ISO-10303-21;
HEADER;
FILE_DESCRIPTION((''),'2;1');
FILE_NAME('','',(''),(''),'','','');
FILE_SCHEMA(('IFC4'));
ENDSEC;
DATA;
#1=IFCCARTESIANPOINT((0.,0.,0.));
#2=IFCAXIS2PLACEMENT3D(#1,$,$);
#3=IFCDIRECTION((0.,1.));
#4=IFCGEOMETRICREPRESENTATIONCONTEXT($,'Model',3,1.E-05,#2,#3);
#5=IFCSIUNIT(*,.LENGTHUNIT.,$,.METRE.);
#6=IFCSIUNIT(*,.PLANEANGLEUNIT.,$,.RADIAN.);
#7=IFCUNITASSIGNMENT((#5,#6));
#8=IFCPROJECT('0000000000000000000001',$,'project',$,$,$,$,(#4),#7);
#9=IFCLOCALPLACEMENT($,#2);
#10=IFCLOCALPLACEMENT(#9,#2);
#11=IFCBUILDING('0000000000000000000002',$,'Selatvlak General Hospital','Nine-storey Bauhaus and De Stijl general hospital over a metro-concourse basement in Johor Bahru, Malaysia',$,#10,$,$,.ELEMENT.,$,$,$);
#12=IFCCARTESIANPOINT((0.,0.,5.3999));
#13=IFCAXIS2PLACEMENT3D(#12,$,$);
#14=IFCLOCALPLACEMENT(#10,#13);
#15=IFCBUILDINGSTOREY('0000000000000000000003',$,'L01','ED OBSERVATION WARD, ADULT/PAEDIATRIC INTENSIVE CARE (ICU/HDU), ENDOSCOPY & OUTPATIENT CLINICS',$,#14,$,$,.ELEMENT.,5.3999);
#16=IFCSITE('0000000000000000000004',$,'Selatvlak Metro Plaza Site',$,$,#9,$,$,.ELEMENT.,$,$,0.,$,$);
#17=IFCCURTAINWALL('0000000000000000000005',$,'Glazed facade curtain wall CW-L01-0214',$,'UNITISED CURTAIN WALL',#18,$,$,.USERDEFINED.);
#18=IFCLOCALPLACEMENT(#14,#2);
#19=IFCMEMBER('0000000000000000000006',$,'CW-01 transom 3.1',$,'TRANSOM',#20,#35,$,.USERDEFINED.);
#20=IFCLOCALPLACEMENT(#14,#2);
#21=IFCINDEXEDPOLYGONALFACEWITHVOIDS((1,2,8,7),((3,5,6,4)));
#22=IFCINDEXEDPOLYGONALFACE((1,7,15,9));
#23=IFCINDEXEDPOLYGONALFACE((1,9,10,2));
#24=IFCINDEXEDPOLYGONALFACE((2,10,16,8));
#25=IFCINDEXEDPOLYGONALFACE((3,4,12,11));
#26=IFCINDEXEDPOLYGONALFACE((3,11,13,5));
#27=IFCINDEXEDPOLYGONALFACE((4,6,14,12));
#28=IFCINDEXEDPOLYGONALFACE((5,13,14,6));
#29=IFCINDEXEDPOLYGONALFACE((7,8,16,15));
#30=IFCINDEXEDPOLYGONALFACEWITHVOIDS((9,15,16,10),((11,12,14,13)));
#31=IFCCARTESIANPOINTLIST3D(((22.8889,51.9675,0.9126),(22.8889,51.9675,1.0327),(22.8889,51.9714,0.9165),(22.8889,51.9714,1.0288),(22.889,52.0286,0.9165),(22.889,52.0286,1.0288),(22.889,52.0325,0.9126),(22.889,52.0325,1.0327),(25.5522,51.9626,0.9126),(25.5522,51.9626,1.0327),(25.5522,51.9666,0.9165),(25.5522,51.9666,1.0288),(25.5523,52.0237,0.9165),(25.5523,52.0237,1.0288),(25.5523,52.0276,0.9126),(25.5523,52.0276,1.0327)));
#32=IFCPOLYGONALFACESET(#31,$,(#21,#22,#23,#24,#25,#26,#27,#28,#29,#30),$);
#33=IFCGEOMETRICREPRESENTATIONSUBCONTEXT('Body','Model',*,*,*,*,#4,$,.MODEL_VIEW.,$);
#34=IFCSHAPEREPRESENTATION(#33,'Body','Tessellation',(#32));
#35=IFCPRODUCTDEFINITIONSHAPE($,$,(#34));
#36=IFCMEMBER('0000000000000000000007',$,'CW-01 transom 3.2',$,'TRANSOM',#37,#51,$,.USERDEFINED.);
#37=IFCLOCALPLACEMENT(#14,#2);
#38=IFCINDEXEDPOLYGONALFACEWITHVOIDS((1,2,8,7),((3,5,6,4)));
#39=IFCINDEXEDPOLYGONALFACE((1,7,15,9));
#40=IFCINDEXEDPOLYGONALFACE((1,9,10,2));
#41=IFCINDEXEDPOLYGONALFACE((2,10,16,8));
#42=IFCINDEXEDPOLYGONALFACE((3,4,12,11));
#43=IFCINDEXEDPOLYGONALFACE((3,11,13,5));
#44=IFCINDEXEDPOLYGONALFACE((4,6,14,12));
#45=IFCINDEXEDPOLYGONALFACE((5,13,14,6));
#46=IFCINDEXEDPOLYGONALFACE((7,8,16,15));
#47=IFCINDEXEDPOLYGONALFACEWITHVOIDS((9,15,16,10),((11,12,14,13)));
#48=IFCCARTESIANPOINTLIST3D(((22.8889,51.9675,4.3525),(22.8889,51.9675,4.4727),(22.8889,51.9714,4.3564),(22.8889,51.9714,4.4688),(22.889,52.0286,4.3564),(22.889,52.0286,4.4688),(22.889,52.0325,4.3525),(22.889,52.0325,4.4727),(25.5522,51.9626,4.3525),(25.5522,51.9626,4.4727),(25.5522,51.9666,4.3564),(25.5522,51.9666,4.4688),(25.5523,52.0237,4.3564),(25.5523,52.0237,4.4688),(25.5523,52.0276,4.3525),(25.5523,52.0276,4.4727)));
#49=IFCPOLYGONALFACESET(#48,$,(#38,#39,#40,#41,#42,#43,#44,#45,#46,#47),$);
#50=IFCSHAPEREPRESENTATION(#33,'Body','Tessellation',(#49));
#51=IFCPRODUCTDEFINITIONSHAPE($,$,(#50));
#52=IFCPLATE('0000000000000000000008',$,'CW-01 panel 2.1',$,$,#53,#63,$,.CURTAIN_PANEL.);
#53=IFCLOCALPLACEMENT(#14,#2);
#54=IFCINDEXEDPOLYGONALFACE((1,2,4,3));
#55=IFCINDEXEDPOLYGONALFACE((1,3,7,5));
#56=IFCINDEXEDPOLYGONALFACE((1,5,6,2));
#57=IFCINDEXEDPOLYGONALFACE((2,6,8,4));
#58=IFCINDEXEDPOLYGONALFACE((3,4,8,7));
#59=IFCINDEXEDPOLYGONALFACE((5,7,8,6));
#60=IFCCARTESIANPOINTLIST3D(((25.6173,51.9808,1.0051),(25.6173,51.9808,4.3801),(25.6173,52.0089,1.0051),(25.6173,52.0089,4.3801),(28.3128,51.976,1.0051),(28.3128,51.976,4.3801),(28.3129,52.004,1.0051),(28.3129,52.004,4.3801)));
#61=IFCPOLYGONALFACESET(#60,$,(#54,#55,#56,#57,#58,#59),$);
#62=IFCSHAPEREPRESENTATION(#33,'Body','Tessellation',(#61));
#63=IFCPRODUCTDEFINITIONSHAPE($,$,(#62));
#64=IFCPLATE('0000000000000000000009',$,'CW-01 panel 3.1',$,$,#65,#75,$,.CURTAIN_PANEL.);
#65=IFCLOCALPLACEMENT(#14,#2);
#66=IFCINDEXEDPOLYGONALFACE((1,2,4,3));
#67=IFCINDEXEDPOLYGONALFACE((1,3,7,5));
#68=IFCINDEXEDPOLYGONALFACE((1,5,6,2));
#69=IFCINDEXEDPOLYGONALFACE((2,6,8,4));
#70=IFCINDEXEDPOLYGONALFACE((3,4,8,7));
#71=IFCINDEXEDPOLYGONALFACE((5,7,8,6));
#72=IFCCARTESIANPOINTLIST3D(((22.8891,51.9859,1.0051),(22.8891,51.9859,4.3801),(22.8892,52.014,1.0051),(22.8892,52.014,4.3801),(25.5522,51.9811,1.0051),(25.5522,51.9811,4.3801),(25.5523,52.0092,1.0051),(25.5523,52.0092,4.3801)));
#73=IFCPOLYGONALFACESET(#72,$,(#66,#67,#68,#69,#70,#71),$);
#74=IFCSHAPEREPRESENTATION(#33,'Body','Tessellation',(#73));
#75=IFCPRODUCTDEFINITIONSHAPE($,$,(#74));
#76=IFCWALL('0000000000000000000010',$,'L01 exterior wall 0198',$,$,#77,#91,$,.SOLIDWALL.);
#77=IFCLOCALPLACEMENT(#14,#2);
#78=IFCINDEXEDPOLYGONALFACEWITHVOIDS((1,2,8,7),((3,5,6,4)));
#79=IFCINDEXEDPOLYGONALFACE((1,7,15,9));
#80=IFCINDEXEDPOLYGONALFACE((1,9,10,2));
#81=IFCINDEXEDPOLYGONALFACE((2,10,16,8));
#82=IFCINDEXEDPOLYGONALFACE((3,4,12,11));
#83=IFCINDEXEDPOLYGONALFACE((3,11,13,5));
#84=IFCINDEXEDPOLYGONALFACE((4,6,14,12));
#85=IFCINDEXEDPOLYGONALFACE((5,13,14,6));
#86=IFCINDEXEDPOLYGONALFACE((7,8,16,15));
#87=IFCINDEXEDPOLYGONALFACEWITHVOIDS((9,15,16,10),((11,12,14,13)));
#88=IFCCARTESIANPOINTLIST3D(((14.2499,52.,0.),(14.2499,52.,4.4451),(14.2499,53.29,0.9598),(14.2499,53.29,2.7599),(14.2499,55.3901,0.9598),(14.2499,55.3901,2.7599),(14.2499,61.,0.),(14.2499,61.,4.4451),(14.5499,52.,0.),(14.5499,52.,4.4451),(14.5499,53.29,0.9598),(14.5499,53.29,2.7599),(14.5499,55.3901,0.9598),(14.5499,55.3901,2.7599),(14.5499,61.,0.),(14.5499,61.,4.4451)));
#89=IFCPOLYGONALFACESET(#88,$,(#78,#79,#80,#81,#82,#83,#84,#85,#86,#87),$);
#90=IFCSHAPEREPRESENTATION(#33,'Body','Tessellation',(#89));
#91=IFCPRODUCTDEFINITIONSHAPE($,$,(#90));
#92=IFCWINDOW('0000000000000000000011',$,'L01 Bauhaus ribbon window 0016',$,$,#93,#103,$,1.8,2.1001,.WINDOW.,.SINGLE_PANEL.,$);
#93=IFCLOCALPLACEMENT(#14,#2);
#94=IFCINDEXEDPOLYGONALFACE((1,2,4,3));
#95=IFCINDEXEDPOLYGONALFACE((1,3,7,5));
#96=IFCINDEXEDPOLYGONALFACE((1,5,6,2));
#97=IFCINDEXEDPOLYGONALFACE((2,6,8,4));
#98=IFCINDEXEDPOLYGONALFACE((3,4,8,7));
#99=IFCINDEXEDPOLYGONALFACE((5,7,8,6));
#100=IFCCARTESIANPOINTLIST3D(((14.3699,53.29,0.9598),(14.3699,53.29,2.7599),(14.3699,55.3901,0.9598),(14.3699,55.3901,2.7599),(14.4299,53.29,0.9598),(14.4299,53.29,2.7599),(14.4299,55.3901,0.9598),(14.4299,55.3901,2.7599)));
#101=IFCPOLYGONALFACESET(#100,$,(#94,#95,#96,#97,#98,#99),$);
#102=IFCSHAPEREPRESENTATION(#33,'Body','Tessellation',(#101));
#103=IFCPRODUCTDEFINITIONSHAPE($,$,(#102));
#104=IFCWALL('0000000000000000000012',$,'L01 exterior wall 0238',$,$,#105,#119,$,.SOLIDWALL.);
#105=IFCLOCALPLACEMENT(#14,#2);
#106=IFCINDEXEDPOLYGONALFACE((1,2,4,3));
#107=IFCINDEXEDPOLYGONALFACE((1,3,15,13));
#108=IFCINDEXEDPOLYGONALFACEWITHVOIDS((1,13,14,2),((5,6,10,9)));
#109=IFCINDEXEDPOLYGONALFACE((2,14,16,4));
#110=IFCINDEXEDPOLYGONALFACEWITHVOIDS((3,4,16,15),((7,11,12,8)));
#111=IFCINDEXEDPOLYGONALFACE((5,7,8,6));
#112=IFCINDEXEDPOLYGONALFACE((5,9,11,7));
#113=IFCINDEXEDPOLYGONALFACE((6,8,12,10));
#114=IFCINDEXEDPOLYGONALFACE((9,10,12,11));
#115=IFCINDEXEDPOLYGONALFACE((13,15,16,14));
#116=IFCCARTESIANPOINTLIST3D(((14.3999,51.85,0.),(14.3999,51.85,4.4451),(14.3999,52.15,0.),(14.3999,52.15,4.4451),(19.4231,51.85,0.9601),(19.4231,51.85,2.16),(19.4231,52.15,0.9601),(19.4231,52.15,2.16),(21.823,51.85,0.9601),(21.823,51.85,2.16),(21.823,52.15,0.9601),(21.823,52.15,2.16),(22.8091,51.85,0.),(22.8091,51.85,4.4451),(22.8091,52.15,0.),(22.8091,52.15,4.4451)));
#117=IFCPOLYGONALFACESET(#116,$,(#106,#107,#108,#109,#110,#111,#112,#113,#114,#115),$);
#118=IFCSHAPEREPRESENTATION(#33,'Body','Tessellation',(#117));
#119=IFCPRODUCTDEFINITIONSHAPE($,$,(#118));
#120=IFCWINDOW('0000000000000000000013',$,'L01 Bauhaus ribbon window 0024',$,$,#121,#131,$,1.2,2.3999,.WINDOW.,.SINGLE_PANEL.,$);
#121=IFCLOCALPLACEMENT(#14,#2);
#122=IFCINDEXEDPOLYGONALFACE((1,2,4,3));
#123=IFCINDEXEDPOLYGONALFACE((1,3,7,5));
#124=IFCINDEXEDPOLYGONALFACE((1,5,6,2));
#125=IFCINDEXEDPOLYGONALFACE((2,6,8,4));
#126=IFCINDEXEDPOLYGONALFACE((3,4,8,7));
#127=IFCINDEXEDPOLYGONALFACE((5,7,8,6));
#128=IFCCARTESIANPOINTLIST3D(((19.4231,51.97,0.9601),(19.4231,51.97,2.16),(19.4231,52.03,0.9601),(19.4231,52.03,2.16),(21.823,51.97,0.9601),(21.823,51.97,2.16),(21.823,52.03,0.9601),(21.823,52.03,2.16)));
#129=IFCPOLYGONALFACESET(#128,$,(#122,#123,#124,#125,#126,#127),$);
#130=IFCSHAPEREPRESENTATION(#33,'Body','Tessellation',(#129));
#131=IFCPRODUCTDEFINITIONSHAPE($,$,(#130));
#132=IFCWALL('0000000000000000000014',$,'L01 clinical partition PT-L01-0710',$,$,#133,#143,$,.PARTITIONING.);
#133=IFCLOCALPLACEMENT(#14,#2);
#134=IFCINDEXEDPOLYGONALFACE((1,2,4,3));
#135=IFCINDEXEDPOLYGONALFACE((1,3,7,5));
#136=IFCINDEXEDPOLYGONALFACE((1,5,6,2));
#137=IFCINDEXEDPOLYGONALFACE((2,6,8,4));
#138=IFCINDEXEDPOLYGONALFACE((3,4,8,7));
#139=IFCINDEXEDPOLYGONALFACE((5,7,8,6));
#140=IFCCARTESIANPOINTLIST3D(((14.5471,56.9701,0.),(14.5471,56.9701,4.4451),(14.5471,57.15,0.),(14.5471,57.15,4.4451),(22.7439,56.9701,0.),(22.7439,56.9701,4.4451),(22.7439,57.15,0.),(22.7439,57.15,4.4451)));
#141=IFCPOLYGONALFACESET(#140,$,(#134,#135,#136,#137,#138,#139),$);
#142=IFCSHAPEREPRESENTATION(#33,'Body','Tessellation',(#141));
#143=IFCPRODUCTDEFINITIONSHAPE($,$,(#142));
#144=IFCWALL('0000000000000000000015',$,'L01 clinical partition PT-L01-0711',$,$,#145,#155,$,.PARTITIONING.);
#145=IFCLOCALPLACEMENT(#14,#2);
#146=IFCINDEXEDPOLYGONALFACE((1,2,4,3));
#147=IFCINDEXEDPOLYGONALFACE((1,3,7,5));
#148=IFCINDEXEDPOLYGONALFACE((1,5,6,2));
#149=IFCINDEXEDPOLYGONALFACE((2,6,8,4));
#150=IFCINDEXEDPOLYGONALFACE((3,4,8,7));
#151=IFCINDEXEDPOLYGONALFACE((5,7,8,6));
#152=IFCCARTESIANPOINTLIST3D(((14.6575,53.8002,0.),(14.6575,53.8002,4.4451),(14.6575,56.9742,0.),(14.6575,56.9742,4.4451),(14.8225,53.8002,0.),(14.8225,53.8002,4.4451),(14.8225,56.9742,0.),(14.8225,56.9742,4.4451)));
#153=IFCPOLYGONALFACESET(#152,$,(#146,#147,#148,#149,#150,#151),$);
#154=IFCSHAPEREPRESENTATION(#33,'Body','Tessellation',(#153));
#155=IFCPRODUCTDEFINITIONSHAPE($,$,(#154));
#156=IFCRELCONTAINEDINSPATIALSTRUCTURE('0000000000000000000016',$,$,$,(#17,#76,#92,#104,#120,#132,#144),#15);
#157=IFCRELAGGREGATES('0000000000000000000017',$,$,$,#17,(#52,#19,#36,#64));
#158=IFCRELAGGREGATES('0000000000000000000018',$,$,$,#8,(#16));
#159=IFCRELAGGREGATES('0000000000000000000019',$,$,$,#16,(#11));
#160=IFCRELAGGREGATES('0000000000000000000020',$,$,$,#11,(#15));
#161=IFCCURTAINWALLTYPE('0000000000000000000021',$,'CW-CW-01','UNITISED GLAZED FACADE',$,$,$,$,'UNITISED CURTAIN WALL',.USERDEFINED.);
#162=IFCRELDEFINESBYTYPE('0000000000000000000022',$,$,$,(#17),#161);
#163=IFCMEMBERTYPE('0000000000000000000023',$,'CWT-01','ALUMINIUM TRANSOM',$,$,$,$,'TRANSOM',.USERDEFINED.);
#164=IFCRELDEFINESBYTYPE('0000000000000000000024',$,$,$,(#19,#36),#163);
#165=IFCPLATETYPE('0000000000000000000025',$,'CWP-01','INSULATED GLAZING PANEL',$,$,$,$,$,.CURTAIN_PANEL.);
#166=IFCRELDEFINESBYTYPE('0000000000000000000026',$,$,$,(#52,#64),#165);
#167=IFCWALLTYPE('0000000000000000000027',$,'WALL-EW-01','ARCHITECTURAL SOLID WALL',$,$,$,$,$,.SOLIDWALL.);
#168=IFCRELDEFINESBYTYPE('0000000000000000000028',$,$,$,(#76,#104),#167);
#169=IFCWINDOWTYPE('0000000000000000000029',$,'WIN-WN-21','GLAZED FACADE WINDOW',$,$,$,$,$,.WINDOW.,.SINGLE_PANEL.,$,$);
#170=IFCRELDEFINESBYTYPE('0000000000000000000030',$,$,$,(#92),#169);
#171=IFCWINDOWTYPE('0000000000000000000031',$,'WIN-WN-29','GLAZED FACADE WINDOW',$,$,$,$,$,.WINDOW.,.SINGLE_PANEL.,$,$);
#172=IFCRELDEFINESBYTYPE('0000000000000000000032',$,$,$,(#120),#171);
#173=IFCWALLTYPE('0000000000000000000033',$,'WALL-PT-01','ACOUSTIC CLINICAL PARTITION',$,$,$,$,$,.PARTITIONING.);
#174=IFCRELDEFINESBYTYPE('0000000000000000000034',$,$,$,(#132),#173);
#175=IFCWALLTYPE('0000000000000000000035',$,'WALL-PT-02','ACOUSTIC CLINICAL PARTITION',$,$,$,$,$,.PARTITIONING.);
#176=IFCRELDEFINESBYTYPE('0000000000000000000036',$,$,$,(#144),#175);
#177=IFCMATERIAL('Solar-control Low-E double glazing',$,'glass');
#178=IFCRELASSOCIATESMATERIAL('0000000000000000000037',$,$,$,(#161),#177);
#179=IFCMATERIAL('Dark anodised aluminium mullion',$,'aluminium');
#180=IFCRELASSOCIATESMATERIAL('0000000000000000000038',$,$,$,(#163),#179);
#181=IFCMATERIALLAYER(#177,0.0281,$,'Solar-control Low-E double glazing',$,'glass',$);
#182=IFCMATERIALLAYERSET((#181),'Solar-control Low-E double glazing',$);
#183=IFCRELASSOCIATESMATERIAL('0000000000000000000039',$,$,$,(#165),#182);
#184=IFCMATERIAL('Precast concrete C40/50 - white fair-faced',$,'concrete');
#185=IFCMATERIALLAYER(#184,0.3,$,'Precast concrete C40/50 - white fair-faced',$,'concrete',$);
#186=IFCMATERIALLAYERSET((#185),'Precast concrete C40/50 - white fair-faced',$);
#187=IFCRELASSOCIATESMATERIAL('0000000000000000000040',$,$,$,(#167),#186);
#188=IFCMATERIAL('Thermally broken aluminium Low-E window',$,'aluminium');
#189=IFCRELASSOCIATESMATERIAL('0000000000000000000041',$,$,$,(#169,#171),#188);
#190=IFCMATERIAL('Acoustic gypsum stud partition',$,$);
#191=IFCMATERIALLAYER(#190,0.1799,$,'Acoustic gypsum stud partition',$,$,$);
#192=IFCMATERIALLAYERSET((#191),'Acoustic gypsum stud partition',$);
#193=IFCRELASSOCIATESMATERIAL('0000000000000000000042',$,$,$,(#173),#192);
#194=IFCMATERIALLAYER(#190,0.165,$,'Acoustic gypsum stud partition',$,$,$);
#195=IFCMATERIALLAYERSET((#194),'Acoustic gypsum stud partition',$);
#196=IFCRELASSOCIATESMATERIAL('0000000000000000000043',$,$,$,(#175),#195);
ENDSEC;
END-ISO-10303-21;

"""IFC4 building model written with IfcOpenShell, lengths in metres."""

from ifc_helpers import new_model, si_unit, direction, frame, frame_2d, origin, origin_2d, place, context, subcontext, project, spatial, rectangle, hollow_rectangle, extrude, material, layer, layer_set, material_profile, profile_set, type_object, element, fill, aggregate, save


model = new_model("IFC4")

# Units and contexts
model_context = context("Model", 3, precision=1e-05, world=origin(), true_north=direction((0.0, 1.0)))
body_context = subcontext(model_context, "Body", "Model", "MODEL_VIEW")
ifc_project = project(units=[si_unit("LENGTHUNIT", "METRE"), si_unit("PLANEANGLEUNIT", "RADIAN")], contexts=[model_context])

# Site, building, storey
site_placement = place(None, origin())
site = spatial("IfcSite", under=ifc_project, at=site_placement, Name="Selatvlak Metro Plaza Site", CompositionType="ELEMENT", RefElevation=0.0)
building_placement = place(site_placement, origin())
building = spatial("IfcBuilding", under=site, at=building_placement, Name="Selatvlak General Hospital", Description="Nine-storey Bauhaus and De Stijl general hospital over a metro-concourse basement in Johor Bahru, Malaysia", CompositionType="ELEMENT")
storey_placement = place(building_placement, frame((0.0, 0.0, 5.3999)))
storey = spatial("IfcBuildingStorey", under=building, at=storey_placement, Name="L01", Description="ED OBSERVATION WARD, ADULT/PAEDIATRIC INTENSIVE CARE (ICU/HDU), ENDOSCOPY & OUTPATIENT CLINICS", CompositionType="ELEMENT", Elevation=5.3999)

# Curtain wall, members, plates
ifc_material_1 = material(Name="Solar-control Low-E double glazing", Category="glass")
curtain_wall_type = type_object("IfcCurtainWallType", Name="CW-CW-01", Description="UNITISED GLAZED FACADE", ElementType="UNITISED CURTAIN WALL", PredefinedType="USERDEFINED", material=ifc_material_1)
curtain_wall_placement = place(storey_placement, origin())
curtain_wall = element("IfcCurtainWall", 1, at=curtain_wall_placement, inside=storey, type_object=curtain_wall_type, Name="Glazed facade curtain wall CW-L01-0214", ObjectType="UNITISED CURTAIN WALL", PredefinedType="USERDEFINED")
ifc_material_2 = material(Name="Dark anodised aluminium mullion", Category="aluminium")
ifc_material_profile_1 = material_profile(ifc_material_2, hollow_rectangle(XDim=0.0649, YDim=0.1201, WallThickness=0.0039, at=origin_2d()), Name="AL-TRN 65x120x4")
ifc_profile_set_1 = profile_set([ifc_material_profile_1], Name="Dark anodised aluminium mullion")
member_type_1 = type_object("IfcMemberType", Name="CWT-01", Description="ALUMINIUM TRANSOM", ElementType="TRANSOM", PredefinedType="USERDEFINED", material=ifc_profile_set_1)
member_1_placement = place(storey_placement, frame((25.5522, 51.9951, 0.9727), z_axis=(-0.999998, 0.001833, 0.0), x_axis=(-0.001833, -0.999998, 0.0)))
member_1 = element("IfcMember", 2, at=member_1_placement, type_object=member_type_1, Name="CW-01 transom 3.1", ObjectType="TRANSOM", PredefinedType="USERDEFINED", context=body_context, shape_type="SweptSolid", body=[
    extrude(hollow_rectangle(XDim=0.0649, YDim=0.1201, WallThickness=0.0039, at=origin_2d()), origin(), (0.0, 0.0, 1.0), 2.6633),
])
member_2_placement = place(storey_placement, frame((25.5522, 51.9951, 4.4126), z_axis=(-0.999998, 0.001833, 0.0), x_axis=(-0.001833, -0.999998, 0.0)))
member_2 = element("IfcMember", 3, at=member_2_placement, type_object=member_type_1, Name="CW-01 transom 3.2", ObjectType="TRANSOM", PredefinedType="USERDEFINED", context=body_context, shape_type="SweptSolid", body=[
    extrude(hollow_rectangle(XDim=0.0649, YDim=0.1201, WallThickness=0.0039, at=origin_2d()), origin(), (0.0, 0.0, 1.0), 2.6633),
])
ifc_layer_1 = layer(ifc_material_1, 0.0281, Name="Solar-control Low-E double glazing", Category="glass")
ifc_layer_set_1 = layer_set([ifc_layer_1], Name="Solar-control Low-E double glazing")
plate_type = type_object("IfcPlateType", Name="CWP-01", Description="INSULATED GLAZING PANEL", PredefinedType="CURTAIN_PANEL", material=ifc_layer_set_1)
plate_1_placement = place(storey_placement, frame((26.9651, 51.9924, 1.0051), z_axis=(0.0, 0.0, 1.0), x_axis=(-0.999998, 0.001811, 0.0)))
plate_1 = element("IfcPlate", 4, at=plate_1_placement, type_object=plate_type, Name="CW-01 panel 2.1", PredefinedType="CURTAIN_PANEL", context=body_context, shape_type="SweptSolid", body=[
    extrude(rectangle(XDim=2.6956, YDim=0.0281, at=origin_2d()), origin(), (0.0, 0.0, 1.0), 3.375),
])
plate_2_placement = place(storey_placement, frame((24.2207, 51.9976, 1.0051), z_axis=(0.0, 0.0, 1.0), x_axis=(-0.999998, 0.001811, 0.0)))
plate_2 = element("IfcPlate", 5, at=plate_2_placement, type_object=plate_type, Name="CW-01 panel 3.1", PredefinedType="CURTAIN_PANEL", context=body_context, shape_type="SweptSolid", body=[
    extrude(rectangle(XDim=2.6631, YDim=0.0281, at=origin_2d()), origin(), (0.0, 0.0, 1.0), 3.375),
])
aggregate(curtain_wall, [plate_1, member_1, member_2, plate_2])

# Walls, openings, windows
ifc_material_3 = material(Name="Precast concrete C40/50 - white fair-faced", Category="concrete")
ifc_layer_2 = layer(ifc_material_3, 0.3, Name="Precast concrete C40/50 - white fair-faced", Category="concrete")
ifc_layer_set_2 = layer_set([ifc_layer_2], Name="Precast concrete C40/50 - white fair-faced")
wall_type_1 = type_object("IfcWallType", Name="WALL-EW-01", Description="ARCHITECTURAL SOLID WALL", PredefinedType="SOLIDWALL", material=ifc_layer_set_2)
wall_1_placement = place(storey_placement, frame((14.3999, 52.0, 0.0), z_axis=(0.0, 0.0, 1.0), x_axis=(0.0, 1.0, 0.0)))
wall_1 = element("IfcWall", 6, at=wall_1_placement, inside=storey, type_object=wall_type_1, Name="L01 exterior wall 0198", PredefinedType="SOLIDWALL", context=body_context, shape_type="SweptSolid", body=[
    extrude(rectangle(XDim=9.0, YDim=0.3, at=frame_2d((4.5, 0.0))), origin(), (0.0, 0.0, 1.0), 4.4451),
])
opening_1_placement = place(wall_1_placement, frame((1.29, 0.0, 0.96)))
opening_1 = element("IfcOpeningElement", 7, at=opening_1_placement, cuts=wall_1, PredefinedType="OPENING", context=body_context, shape_type="SweptSolid", body=[
    extrude(rectangle(XDim=2.1001, YDim=1.8, at=frame_2d((1.05, 0.8999))), frame((0.0, 0.1599, 0.0), z_axis=(0.0, -1.0, 0.0), x_axis=(1.0, 0.0, 0.0)), (0.0, 0.0, 1.0), 0.3201),
])
ifc_material_4 = material(Name="Thermally broken aluminium Low-E window", Category="aluminium")
window_type_1 = type_object("IfcWindowType", Name="WIN-WN-21", Description="GLAZED FACADE WINDOW", PartitioningType="SINGLE_PANEL", PredefinedType="WINDOW", material=ifc_material_4)
window_1_placement = place(opening_1_placement, origin())
window_1 = element("IfcWindow", 8, at=window_1_placement, inside=storey, type_object=window_type_1, Name="L01 Bauhaus ribbon window 0016", OverallHeight=1.8, OverallWidth=2.1001, PartitioningType="SINGLE_PANEL", PredefinedType="WINDOW", context=body_context, shape_type="SweptSolid", body=[
    extrude(rectangle(XDim=2.1001, YDim=1.8, at=frame_2d((1.05, 0.8999))), frame((0.0, 0.03, 0.0), z_axis=(0.0, -1.0, 0.0), x_axis=(1.0, 0.0, 0.0)), (0.0, 0.0, 1.0), 0.0601),
])
fill(opening_1, window_1)
wall_2_placement = place(storey_placement, frame((22.8091, 52.0, 0.0), z_axis=(0.0, 0.0, 1.0), x_axis=(-1.0, 0.0, 0.0)))
wall_2 = element("IfcWall", 9, at=wall_2_placement, inside=storey, type_object=wall_type_1, Name="L01 exterior wall 0238", PredefinedType="SOLIDWALL", context=body_context, shape_type="SweptSolid", body=[
    extrude(rectangle(XDim=8.4092, YDim=0.3, at=frame_2d((4.2046, 0.0))), origin(), (0.0, 0.0, 1.0), 4.4451),
])
opening_2_placement = place(wall_2_placement, frame((0.9861, 0.0, 0.96)))
opening_2 = element("IfcOpeningElement", 10, at=opening_2_placement, cuts=wall_2, PredefinedType="OPENING", context=body_context, shape_type="SweptSolid", body=[
    extrude(rectangle(XDim=2.3999, YDim=1.2, at=frame_2d((1.2, 0.6001))), frame((0.0, 0.1599, 0.0), z_axis=(0.0, -1.0, 0.0), x_axis=(1.0, 0.0, 0.0)), (0.0, 0.0, 1.0), 0.3201),
])
window_type_2 = type_object("IfcWindowType", Name="WIN-WN-29", Description="GLAZED FACADE WINDOW", PartitioningType="SINGLE_PANEL", PredefinedType="WINDOW", material=ifc_material_4)
window_2_placement = place(opening_2_placement, origin())
window_2 = element("IfcWindow", 11, at=window_2_placement, inside=storey, type_object=window_type_2, Name="L01 Bauhaus ribbon window 0024", OverallHeight=1.2, OverallWidth=2.3999, PartitioningType="SINGLE_PANEL", PredefinedType="WINDOW", context=body_context, shape_type="SweptSolid", body=[
    extrude(rectangle(XDim=2.3999, YDim=1.2, at=frame_2d((1.2, 0.6001))), frame((0.0, 0.03, 0.0), z_axis=(0.0, -1.0, 0.0), x_axis=(1.0, 0.0, 0.0)), (0.0, 0.0, 1.0), 0.0601),
])
fill(opening_2, window_2)

# Walls
ifc_material_5 = material(Name="Acoustic gypsum stud partition")
ifc_layer_3 = layer(ifc_material_5, 0.1799, Name="Acoustic gypsum stud partition")
ifc_layer_set_3 = layer_set([ifc_layer_3], Name="Acoustic gypsum stud partition")
wall_type_2 = type_object("IfcWallType", Name="WALL-PT-01", Description="ACOUSTIC CLINICAL PARTITION", PredefinedType="PARTITIONING", material=ifc_layer_set_3)
wall_3_placement = place(storey_placement, frame((22.7439, 57.0601, 0.0), z_axis=(0.0, 0.0, 1.0), x_axis=(-1.0, 0.0, 0.0)))
element("IfcWall", 12, at=wall_3_placement, inside=storey, type_object=wall_type_2, Name="L01 clinical partition PT-L01-0710", PredefinedType="PARTITIONING", context=body_context, shape_type="SweptSolid", body=[
    extrude(rectangle(XDim=8.1968, YDim=0.1799, at=frame_2d((4.0984, 0.0))), origin(), (0.0, 0.0, 1.0), 4.4451),
])
ifc_layer_4 = layer(ifc_material_5, 0.165, Name="Acoustic gypsum stud partition")
ifc_layer_set_4 = layer_set([ifc_layer_4], Name="Acoustic gypsum stud partition")
wall_type_3 = type_object("IfcWallType", Name="WALL-PT-02", Description="ACOUSTIC CLINICAL PARTITION", PredefinedType="PARTITIONING", material=ifc_layer_set_4)
wall_4_placement = place(storey_placement, frame((14.74, 56.9741, 0.0), z_axis=(0.0, 0.0, 1.0), x_axis=(0.0, -1.0, 0.0)))
element("IfcWall", 13, at=wall_4_placement, inside=storey, type_object=wall_type_3, Name="L01 clinical partition PT-L01-0711", PredefinedType="PARTITIONING", context=body_context, shape_type="SweptSolid", body=[
    extrude(rectangle(XDim=3.1741, YDim=0.165, at=frame_2d((1.5869, 0.0))), origin(), (0.0, 0.0, 1.0), 4.4451),
])

save(model, "model.ifc")
